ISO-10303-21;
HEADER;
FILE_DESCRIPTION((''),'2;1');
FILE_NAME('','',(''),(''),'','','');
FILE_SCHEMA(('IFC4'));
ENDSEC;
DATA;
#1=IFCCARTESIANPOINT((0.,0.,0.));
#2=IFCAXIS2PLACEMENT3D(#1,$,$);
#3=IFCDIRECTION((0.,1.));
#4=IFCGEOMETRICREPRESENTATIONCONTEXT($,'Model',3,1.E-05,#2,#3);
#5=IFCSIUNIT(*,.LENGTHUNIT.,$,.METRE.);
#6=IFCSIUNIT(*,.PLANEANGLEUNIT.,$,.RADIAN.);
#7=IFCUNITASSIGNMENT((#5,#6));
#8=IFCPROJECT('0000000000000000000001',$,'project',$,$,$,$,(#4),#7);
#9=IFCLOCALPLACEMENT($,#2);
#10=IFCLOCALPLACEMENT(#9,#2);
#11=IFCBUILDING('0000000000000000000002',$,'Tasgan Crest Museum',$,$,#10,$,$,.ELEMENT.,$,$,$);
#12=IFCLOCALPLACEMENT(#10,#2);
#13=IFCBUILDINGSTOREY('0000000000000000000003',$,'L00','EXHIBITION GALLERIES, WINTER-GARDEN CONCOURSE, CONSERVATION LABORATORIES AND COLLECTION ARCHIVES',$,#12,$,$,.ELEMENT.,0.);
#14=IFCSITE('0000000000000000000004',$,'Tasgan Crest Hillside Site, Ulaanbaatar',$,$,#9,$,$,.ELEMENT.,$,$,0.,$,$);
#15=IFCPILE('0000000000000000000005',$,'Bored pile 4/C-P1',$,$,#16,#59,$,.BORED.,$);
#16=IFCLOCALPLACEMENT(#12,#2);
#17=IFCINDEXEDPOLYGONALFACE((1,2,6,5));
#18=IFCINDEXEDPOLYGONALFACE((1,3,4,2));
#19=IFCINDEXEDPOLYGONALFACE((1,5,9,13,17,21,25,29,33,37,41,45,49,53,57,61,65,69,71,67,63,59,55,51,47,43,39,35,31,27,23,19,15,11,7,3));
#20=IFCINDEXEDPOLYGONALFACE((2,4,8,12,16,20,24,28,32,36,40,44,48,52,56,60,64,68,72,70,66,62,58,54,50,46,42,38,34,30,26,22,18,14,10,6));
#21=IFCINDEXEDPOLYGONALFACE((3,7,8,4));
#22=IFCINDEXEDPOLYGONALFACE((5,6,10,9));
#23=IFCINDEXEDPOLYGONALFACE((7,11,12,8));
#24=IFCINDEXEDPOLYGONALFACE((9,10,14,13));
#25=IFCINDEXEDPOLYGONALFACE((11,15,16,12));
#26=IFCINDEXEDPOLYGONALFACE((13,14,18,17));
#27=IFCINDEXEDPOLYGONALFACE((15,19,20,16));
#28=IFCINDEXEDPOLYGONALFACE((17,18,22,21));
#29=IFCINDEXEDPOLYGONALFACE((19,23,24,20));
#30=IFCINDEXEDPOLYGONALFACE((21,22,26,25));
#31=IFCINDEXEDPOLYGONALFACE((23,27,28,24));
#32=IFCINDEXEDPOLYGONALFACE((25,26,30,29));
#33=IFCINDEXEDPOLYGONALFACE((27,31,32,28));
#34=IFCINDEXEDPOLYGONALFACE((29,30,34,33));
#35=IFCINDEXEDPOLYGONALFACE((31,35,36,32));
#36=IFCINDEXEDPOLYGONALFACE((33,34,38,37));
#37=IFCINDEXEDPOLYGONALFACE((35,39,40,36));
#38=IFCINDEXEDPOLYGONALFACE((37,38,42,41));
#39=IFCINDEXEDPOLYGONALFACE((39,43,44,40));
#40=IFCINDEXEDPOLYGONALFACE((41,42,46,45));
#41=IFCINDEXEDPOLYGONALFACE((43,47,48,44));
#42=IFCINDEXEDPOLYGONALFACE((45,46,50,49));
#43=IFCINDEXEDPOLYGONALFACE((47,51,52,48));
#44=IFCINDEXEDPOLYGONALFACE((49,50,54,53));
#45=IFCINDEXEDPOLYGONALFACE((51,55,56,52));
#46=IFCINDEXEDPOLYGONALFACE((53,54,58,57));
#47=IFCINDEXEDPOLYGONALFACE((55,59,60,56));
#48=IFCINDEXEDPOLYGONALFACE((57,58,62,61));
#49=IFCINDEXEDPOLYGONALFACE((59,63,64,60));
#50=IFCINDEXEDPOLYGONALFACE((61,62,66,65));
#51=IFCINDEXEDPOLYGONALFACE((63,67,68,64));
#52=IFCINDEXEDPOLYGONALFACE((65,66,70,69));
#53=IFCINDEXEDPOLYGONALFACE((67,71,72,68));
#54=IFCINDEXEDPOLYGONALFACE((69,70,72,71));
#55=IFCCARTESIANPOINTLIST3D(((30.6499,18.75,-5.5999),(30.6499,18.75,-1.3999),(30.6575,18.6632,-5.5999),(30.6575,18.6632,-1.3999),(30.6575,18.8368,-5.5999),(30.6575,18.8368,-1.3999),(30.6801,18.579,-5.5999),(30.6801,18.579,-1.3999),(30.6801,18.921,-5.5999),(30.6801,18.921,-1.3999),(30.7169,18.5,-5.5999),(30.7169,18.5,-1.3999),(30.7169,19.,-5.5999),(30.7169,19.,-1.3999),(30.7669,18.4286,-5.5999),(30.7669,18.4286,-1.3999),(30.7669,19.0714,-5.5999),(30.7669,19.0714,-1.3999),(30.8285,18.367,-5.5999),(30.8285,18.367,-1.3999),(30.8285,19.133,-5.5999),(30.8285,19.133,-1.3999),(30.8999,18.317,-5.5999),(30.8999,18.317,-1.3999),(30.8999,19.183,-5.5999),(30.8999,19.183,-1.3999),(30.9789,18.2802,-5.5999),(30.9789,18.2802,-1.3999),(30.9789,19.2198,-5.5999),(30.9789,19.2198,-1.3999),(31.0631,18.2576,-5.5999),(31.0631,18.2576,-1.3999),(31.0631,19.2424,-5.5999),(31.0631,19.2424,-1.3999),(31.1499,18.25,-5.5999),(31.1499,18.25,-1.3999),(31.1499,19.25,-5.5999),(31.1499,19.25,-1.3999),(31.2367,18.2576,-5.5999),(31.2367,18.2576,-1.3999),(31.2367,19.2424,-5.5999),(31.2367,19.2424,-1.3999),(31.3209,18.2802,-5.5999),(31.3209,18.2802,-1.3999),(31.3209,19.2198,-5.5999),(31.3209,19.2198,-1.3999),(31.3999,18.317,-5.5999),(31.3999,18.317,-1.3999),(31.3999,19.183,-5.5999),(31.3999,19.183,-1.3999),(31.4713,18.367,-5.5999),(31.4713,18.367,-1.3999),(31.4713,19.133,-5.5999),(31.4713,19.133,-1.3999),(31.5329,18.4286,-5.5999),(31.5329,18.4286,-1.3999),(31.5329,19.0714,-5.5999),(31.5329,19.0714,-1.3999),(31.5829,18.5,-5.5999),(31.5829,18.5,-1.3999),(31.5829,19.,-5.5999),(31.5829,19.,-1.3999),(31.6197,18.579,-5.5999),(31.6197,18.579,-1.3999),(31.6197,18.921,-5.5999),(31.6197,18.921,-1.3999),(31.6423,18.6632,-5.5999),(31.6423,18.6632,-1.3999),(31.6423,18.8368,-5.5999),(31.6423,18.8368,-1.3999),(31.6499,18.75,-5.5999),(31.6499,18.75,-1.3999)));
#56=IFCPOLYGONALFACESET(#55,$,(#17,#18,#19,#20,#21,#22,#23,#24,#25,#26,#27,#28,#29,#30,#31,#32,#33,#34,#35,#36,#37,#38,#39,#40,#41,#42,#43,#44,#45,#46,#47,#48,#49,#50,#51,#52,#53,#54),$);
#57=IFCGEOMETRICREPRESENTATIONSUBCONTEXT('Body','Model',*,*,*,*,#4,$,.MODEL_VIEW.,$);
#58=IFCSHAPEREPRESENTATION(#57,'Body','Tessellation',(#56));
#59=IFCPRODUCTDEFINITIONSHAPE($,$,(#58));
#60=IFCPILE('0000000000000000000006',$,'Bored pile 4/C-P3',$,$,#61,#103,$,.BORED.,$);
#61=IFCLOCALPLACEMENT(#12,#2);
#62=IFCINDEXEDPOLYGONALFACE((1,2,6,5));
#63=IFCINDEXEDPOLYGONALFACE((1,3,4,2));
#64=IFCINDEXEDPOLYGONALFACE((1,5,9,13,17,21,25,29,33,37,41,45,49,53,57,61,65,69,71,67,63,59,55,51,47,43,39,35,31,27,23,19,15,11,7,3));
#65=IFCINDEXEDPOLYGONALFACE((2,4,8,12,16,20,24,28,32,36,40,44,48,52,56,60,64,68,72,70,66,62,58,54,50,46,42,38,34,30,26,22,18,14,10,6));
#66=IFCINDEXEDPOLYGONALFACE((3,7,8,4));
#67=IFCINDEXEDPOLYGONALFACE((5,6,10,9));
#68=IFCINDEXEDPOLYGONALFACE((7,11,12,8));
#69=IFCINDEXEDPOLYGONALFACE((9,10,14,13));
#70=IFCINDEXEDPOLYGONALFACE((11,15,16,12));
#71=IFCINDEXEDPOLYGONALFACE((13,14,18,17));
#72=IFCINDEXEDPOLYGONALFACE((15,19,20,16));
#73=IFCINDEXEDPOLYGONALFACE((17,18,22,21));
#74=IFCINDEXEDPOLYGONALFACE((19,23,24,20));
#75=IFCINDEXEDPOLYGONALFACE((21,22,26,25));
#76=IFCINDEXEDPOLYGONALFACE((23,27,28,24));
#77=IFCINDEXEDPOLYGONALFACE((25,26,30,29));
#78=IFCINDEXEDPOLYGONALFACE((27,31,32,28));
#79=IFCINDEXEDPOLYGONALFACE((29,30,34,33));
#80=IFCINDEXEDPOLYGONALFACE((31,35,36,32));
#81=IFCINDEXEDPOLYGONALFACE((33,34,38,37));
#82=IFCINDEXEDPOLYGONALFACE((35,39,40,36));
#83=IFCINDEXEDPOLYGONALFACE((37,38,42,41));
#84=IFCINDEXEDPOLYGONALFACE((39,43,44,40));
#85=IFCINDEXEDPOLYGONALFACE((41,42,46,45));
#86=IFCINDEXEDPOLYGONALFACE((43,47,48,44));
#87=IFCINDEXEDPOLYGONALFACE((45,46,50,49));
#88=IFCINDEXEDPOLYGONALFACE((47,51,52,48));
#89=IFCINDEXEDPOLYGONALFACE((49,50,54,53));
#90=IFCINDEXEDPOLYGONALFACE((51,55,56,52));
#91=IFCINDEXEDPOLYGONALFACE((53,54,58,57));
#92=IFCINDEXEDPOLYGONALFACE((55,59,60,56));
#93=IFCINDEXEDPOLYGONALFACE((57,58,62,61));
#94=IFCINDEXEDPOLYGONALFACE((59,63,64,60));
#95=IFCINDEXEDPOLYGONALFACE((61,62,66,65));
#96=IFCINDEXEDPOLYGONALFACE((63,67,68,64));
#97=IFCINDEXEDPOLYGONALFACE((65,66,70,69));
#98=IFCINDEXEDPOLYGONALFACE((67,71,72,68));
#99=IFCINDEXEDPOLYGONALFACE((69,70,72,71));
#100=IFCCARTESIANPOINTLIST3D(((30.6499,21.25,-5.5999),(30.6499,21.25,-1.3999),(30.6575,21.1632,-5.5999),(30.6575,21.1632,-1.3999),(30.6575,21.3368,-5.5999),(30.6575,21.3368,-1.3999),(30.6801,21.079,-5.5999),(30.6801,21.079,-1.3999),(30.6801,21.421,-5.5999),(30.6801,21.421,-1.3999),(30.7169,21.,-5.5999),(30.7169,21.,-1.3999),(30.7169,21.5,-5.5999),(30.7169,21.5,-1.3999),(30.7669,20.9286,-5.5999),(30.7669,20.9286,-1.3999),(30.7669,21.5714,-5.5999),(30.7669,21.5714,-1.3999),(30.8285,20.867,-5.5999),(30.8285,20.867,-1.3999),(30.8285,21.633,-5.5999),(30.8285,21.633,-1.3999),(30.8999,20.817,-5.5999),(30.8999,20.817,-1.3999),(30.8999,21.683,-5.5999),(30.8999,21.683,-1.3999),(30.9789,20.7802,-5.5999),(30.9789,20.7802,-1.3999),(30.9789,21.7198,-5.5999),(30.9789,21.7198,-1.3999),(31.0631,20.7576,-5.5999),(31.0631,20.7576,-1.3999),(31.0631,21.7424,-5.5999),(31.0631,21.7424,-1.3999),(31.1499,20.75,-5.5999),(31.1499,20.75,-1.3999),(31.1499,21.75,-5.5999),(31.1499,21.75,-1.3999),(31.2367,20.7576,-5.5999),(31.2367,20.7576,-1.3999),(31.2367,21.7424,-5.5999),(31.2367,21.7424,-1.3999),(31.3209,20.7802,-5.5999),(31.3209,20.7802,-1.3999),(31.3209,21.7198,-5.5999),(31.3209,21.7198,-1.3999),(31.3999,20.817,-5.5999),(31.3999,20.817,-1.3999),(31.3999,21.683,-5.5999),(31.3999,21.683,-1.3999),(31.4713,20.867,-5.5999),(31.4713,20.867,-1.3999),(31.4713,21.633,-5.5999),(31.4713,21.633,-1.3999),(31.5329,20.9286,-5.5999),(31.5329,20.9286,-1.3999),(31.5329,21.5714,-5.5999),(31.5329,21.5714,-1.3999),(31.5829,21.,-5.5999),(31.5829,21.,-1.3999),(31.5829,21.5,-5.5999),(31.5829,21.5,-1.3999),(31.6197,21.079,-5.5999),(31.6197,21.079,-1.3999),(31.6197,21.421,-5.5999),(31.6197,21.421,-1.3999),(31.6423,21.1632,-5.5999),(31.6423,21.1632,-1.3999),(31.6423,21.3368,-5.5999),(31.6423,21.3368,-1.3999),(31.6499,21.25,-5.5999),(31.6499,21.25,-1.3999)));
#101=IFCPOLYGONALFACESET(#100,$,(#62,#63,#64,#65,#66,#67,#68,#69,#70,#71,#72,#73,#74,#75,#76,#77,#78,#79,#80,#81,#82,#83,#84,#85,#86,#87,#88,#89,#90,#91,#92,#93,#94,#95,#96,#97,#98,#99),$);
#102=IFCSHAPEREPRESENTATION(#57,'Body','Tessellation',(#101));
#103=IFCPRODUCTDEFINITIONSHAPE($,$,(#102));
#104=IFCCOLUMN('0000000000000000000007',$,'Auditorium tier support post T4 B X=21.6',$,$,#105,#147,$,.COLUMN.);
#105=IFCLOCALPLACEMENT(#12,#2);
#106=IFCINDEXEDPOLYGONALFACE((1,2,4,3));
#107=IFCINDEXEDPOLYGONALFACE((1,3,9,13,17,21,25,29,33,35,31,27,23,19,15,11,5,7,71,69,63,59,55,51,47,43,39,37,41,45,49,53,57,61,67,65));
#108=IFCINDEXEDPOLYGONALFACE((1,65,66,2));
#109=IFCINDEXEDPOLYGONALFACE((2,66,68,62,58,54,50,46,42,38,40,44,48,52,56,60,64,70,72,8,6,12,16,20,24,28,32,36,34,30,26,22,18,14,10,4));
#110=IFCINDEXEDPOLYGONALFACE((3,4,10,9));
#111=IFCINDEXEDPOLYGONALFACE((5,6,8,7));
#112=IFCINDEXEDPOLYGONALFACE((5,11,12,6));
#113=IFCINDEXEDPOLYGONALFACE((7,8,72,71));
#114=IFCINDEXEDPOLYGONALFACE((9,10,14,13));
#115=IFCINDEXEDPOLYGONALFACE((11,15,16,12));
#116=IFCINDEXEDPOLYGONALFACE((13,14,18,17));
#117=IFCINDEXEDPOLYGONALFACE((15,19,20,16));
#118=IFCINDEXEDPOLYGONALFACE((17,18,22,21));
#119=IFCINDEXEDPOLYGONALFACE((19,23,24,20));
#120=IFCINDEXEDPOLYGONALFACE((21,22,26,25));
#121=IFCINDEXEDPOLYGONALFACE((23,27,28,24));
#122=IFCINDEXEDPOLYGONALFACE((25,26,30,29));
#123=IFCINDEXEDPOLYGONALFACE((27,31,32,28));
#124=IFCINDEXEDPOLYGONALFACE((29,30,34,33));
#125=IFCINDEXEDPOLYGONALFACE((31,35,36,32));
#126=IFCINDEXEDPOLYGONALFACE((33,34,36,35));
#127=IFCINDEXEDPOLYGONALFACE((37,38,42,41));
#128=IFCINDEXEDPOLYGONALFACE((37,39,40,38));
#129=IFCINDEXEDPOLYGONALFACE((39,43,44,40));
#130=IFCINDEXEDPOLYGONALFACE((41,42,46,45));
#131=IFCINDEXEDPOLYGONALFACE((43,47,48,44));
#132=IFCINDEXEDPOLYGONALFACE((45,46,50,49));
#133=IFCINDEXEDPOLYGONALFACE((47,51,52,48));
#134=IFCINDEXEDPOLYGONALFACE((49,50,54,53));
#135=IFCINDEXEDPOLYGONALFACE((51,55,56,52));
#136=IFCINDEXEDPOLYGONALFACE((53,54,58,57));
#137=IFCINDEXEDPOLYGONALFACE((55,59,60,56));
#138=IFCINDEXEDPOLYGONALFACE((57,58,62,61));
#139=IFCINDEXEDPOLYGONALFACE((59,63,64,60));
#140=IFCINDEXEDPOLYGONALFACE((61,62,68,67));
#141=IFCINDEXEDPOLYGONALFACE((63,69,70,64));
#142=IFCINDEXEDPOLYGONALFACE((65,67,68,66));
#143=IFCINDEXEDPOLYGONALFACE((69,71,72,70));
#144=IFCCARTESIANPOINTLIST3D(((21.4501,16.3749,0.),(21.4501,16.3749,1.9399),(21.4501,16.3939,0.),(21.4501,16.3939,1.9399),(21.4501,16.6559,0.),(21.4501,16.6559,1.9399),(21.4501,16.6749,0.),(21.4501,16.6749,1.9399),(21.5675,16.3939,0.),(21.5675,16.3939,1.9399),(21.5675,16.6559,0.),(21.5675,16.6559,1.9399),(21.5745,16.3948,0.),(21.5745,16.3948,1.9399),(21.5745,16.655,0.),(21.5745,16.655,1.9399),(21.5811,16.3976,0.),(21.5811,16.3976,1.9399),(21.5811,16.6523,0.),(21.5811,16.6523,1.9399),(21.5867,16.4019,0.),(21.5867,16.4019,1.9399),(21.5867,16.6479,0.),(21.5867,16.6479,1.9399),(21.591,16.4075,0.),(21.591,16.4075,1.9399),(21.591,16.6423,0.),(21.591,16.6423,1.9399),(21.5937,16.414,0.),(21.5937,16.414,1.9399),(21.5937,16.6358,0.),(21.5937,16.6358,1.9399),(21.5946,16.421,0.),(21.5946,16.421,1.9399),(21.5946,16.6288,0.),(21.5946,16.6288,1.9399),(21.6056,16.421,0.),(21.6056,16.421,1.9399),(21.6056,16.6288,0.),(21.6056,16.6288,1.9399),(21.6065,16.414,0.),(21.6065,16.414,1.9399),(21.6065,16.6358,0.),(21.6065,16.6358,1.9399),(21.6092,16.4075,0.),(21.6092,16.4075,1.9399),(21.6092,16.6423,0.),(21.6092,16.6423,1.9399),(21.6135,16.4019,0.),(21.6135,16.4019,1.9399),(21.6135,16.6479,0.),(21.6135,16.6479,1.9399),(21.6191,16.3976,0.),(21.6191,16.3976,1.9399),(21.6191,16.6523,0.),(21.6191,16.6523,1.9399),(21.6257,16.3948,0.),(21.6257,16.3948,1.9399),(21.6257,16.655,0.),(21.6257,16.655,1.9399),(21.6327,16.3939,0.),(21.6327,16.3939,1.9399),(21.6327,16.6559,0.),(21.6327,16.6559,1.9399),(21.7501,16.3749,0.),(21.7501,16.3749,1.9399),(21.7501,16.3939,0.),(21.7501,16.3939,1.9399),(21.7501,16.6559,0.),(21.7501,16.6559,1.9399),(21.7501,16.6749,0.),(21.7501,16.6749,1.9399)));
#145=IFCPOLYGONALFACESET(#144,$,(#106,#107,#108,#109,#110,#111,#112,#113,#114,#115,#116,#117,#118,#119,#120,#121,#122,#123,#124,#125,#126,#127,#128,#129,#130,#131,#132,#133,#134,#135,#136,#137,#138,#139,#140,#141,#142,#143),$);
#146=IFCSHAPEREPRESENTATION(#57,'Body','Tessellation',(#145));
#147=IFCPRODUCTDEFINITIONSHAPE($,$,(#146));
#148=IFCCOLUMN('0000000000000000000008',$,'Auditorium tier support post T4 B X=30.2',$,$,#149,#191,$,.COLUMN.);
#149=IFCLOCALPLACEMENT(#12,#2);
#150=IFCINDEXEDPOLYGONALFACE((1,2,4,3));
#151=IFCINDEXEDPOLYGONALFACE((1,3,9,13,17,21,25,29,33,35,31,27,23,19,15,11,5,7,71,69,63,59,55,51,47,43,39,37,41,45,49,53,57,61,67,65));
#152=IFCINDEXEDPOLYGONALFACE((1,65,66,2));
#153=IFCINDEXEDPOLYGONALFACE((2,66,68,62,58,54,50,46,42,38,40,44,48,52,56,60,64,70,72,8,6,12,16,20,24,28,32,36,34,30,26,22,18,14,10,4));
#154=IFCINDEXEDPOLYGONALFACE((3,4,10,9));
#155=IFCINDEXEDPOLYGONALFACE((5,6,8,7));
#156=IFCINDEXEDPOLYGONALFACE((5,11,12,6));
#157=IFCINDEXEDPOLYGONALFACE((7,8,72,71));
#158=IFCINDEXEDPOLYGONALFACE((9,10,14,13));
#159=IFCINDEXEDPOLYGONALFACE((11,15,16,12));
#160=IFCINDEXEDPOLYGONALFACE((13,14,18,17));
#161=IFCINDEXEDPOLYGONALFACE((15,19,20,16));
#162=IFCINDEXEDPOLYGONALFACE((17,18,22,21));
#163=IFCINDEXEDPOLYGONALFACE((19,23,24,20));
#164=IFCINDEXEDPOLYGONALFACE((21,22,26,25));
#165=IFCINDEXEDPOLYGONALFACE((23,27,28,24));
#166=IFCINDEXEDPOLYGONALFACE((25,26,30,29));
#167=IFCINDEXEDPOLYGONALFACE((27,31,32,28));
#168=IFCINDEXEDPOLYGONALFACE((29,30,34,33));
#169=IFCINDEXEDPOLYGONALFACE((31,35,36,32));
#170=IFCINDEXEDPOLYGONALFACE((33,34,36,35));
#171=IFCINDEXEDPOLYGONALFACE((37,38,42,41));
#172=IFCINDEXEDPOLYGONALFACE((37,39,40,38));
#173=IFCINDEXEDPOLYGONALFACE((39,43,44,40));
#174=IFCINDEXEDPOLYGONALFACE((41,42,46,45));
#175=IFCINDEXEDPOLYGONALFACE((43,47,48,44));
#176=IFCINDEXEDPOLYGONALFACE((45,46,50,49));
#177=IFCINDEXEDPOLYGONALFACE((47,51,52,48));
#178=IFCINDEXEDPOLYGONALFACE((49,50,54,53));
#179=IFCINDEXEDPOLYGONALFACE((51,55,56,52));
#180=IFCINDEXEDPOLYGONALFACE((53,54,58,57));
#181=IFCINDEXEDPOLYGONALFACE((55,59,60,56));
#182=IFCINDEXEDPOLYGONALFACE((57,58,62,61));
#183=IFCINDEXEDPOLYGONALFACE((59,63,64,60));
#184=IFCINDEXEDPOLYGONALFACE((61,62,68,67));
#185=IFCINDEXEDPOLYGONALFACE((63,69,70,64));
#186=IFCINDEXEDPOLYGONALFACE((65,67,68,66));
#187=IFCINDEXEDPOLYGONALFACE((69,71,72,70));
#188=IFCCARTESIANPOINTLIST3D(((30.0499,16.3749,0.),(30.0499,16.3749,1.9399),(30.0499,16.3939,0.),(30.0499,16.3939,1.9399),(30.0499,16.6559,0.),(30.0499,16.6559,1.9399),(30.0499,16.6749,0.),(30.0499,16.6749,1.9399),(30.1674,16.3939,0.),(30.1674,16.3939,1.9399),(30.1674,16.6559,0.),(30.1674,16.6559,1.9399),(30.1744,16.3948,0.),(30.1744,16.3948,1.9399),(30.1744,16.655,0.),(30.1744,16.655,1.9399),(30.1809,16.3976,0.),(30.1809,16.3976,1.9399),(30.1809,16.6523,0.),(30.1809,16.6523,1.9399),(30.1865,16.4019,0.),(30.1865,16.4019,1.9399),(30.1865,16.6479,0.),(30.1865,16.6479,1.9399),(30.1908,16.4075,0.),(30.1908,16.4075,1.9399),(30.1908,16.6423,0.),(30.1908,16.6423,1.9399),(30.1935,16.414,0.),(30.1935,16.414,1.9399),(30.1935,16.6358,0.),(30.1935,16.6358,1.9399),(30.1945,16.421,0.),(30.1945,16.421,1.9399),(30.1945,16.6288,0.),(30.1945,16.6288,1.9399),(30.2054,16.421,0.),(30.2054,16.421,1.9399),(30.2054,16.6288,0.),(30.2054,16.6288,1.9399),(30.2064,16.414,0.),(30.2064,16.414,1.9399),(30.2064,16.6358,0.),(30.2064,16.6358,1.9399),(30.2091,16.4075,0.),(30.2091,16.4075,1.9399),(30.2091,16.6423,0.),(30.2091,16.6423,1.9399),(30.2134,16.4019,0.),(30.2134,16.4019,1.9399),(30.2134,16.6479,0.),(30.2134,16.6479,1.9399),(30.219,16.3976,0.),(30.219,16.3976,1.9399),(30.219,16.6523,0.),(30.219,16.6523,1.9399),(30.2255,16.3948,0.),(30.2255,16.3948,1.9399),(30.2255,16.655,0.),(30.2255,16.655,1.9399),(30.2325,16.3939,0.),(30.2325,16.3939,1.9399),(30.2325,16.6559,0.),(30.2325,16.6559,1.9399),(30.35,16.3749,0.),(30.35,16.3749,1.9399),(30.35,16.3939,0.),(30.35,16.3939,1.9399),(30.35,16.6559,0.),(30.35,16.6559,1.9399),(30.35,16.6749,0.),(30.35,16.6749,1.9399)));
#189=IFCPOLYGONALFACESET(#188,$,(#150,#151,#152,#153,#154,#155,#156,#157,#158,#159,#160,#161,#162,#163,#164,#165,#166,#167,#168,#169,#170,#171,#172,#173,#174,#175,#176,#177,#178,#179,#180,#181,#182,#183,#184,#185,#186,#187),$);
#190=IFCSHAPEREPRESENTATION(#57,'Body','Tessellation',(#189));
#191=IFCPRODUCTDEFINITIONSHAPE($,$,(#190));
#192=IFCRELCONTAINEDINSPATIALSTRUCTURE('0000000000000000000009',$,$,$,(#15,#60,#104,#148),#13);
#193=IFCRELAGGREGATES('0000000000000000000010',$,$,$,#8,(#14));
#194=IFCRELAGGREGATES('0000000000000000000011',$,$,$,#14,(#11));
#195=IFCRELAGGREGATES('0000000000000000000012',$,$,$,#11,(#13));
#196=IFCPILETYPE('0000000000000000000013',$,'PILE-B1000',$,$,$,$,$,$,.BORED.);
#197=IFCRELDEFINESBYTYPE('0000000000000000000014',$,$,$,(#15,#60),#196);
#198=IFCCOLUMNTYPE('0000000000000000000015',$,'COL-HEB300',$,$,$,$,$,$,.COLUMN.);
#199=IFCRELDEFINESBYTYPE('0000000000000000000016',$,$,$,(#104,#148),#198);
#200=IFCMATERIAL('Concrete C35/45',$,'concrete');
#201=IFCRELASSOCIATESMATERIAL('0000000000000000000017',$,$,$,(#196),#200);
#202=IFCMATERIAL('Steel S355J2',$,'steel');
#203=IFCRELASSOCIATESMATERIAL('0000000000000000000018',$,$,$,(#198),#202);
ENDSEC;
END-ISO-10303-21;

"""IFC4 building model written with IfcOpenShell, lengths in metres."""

from ifc_helpers import new_model, si_unit, direction, frame, origin, origin_2d, place, context, subcontext, project, spatial, circle, i_section, extrude, material, material_profile, profile_set, type_object, element, save


model = new_model("IFC4")

# Units and contexts
model_context = context("Model", 3, precision=1e-05, world=origin(), true_north=direction((0.0, 1.0)))
body_context = subcontext(model_context, "Body", "Model", "MODEL_VIEW")
ifc_project = project(units=[si_unit("LENGTHUNIT", "METRE"), si_unit("PLANEANGLEUNIT", "RADIAN")], contexts=[model_context])

# Site, building, storey
site_placement = place(None, origin())
site = spatial("IfcSite", under=ifc_project, at=site_placement, Name="Tasgan Crest Hillside Site, Ulaanbaatar", CompositionType="ELEMENT", RefElevation=0.0)
building_placement = place(site_placement, origin())
building = spatial("IfcBuilding", under=site, at=building_placement, Name="Tasgan Crest Museum", CompositionType="ELEMENT")
storey_placement = place(building_placement, origin())
storey = spatial("IfcBuildingStorey", under=building, at=storey_placement, Name="L00", Description="EXHIBITION GALLERIES, WINTER-GARDEN CONCOURSE, CONSERVATION LABORATORIES AND COLLECTION ARCHIVES", CompositionType="ELEMENT", Elevation=0.0)

# Piles
ifc_material_1 = material(Name="Concrete C35/45", Category="concrete")
ifc_material_profile_1 = material_profile(ifc_material_1, circle(Radius=0.5, at=origin_2d()), Name="PILE D1000")
ifc_profile_set_1 = profile_set([ifc_material_profile_1], Name="Concrete C35/45")
pile_type = type_object("IfcPileType", Name="PILE-B1000", PredefinedType="BORED", material=ifc_profile_set_1)
for number, where, z_axis, x_axis, name in (
    (1, (31.1499, 18.75, -1.3999), (0.0, 0.0, -1.0), (1.0, 0.0, 0.0), "Bored pile 4/C-P1"),
    (2, (31.1499, 21.25, -1.3999), (0.0, 0.0, -1.0), (1.0, 0.0, 0.0), "Bored pile 4/C-P3"),
):
    element("IfcPile", number, at=place(storey_placement, frame(where, z_axis=z_axis, x_axis=x_axis)), inside=storey, type_object=pile_type, Name=name, PredefinedType="BORED", context=body_context, shape_type="SweptSolid", body=[
        extrude(circle(Radius=0.5, at=origin_2d()), origin(), (0.0, 0.0, 1.0), 4.2),
    ])

# Columns
ifc_material_2 = material(Name="Steel S355J2", Category="steel")
ifc_material_profile_2 = material_profile(ifc_material_2, i_section(OverallWidth=0.3, OverallDepth=0.3, WebThickness=0.011, FlangeThickness=0.019, FilletRadius=0.0271, at=origin_2d()), Name="HEB 300")
ifc_profile_set_2 = profile_set([ifc_material_profile_2], Name="Steel S355J2")
column_type = type_object("IfcColumnType", Name="COL-HEB300", PredefinedType="COLUMN", material=ifc_profile_set_2)
for number, where, z_axis, x_axis, name in (
    (3, (21.6001, 16.5249, 0.0), (0.0, 0.0, 1.0), (1.0, 0.0, 0.0), "Auditorium tier support post T4 B X=21.6"),
    (4, (30.2, 16.5249, 0.0), (0.0, 0.0, 1.0), (1.0, 0.0, 0.0), "Auditorium tier support post T4 B X=30.2"),
):
    element("IfcColumn", number, at=place(storey_placement, frame(where, z_axis=z_axis, x_axis=x_axis)), inside=storey, type_object=column_type, Name=name, PredefinedType="COLUMN", context=body_context, shape_type="SweptSolid", body=[
        extrude(i_section(OverallWidth=0.3, OverallDepth=0.3, WebThickness=0.011, FlangeThickness=0.019, FilletRadius=0.0271, at=origin_2d()), origin(), (0.0, 0.0, 1.0), 1.9399),
    ])

save(model, "model.ifc")
